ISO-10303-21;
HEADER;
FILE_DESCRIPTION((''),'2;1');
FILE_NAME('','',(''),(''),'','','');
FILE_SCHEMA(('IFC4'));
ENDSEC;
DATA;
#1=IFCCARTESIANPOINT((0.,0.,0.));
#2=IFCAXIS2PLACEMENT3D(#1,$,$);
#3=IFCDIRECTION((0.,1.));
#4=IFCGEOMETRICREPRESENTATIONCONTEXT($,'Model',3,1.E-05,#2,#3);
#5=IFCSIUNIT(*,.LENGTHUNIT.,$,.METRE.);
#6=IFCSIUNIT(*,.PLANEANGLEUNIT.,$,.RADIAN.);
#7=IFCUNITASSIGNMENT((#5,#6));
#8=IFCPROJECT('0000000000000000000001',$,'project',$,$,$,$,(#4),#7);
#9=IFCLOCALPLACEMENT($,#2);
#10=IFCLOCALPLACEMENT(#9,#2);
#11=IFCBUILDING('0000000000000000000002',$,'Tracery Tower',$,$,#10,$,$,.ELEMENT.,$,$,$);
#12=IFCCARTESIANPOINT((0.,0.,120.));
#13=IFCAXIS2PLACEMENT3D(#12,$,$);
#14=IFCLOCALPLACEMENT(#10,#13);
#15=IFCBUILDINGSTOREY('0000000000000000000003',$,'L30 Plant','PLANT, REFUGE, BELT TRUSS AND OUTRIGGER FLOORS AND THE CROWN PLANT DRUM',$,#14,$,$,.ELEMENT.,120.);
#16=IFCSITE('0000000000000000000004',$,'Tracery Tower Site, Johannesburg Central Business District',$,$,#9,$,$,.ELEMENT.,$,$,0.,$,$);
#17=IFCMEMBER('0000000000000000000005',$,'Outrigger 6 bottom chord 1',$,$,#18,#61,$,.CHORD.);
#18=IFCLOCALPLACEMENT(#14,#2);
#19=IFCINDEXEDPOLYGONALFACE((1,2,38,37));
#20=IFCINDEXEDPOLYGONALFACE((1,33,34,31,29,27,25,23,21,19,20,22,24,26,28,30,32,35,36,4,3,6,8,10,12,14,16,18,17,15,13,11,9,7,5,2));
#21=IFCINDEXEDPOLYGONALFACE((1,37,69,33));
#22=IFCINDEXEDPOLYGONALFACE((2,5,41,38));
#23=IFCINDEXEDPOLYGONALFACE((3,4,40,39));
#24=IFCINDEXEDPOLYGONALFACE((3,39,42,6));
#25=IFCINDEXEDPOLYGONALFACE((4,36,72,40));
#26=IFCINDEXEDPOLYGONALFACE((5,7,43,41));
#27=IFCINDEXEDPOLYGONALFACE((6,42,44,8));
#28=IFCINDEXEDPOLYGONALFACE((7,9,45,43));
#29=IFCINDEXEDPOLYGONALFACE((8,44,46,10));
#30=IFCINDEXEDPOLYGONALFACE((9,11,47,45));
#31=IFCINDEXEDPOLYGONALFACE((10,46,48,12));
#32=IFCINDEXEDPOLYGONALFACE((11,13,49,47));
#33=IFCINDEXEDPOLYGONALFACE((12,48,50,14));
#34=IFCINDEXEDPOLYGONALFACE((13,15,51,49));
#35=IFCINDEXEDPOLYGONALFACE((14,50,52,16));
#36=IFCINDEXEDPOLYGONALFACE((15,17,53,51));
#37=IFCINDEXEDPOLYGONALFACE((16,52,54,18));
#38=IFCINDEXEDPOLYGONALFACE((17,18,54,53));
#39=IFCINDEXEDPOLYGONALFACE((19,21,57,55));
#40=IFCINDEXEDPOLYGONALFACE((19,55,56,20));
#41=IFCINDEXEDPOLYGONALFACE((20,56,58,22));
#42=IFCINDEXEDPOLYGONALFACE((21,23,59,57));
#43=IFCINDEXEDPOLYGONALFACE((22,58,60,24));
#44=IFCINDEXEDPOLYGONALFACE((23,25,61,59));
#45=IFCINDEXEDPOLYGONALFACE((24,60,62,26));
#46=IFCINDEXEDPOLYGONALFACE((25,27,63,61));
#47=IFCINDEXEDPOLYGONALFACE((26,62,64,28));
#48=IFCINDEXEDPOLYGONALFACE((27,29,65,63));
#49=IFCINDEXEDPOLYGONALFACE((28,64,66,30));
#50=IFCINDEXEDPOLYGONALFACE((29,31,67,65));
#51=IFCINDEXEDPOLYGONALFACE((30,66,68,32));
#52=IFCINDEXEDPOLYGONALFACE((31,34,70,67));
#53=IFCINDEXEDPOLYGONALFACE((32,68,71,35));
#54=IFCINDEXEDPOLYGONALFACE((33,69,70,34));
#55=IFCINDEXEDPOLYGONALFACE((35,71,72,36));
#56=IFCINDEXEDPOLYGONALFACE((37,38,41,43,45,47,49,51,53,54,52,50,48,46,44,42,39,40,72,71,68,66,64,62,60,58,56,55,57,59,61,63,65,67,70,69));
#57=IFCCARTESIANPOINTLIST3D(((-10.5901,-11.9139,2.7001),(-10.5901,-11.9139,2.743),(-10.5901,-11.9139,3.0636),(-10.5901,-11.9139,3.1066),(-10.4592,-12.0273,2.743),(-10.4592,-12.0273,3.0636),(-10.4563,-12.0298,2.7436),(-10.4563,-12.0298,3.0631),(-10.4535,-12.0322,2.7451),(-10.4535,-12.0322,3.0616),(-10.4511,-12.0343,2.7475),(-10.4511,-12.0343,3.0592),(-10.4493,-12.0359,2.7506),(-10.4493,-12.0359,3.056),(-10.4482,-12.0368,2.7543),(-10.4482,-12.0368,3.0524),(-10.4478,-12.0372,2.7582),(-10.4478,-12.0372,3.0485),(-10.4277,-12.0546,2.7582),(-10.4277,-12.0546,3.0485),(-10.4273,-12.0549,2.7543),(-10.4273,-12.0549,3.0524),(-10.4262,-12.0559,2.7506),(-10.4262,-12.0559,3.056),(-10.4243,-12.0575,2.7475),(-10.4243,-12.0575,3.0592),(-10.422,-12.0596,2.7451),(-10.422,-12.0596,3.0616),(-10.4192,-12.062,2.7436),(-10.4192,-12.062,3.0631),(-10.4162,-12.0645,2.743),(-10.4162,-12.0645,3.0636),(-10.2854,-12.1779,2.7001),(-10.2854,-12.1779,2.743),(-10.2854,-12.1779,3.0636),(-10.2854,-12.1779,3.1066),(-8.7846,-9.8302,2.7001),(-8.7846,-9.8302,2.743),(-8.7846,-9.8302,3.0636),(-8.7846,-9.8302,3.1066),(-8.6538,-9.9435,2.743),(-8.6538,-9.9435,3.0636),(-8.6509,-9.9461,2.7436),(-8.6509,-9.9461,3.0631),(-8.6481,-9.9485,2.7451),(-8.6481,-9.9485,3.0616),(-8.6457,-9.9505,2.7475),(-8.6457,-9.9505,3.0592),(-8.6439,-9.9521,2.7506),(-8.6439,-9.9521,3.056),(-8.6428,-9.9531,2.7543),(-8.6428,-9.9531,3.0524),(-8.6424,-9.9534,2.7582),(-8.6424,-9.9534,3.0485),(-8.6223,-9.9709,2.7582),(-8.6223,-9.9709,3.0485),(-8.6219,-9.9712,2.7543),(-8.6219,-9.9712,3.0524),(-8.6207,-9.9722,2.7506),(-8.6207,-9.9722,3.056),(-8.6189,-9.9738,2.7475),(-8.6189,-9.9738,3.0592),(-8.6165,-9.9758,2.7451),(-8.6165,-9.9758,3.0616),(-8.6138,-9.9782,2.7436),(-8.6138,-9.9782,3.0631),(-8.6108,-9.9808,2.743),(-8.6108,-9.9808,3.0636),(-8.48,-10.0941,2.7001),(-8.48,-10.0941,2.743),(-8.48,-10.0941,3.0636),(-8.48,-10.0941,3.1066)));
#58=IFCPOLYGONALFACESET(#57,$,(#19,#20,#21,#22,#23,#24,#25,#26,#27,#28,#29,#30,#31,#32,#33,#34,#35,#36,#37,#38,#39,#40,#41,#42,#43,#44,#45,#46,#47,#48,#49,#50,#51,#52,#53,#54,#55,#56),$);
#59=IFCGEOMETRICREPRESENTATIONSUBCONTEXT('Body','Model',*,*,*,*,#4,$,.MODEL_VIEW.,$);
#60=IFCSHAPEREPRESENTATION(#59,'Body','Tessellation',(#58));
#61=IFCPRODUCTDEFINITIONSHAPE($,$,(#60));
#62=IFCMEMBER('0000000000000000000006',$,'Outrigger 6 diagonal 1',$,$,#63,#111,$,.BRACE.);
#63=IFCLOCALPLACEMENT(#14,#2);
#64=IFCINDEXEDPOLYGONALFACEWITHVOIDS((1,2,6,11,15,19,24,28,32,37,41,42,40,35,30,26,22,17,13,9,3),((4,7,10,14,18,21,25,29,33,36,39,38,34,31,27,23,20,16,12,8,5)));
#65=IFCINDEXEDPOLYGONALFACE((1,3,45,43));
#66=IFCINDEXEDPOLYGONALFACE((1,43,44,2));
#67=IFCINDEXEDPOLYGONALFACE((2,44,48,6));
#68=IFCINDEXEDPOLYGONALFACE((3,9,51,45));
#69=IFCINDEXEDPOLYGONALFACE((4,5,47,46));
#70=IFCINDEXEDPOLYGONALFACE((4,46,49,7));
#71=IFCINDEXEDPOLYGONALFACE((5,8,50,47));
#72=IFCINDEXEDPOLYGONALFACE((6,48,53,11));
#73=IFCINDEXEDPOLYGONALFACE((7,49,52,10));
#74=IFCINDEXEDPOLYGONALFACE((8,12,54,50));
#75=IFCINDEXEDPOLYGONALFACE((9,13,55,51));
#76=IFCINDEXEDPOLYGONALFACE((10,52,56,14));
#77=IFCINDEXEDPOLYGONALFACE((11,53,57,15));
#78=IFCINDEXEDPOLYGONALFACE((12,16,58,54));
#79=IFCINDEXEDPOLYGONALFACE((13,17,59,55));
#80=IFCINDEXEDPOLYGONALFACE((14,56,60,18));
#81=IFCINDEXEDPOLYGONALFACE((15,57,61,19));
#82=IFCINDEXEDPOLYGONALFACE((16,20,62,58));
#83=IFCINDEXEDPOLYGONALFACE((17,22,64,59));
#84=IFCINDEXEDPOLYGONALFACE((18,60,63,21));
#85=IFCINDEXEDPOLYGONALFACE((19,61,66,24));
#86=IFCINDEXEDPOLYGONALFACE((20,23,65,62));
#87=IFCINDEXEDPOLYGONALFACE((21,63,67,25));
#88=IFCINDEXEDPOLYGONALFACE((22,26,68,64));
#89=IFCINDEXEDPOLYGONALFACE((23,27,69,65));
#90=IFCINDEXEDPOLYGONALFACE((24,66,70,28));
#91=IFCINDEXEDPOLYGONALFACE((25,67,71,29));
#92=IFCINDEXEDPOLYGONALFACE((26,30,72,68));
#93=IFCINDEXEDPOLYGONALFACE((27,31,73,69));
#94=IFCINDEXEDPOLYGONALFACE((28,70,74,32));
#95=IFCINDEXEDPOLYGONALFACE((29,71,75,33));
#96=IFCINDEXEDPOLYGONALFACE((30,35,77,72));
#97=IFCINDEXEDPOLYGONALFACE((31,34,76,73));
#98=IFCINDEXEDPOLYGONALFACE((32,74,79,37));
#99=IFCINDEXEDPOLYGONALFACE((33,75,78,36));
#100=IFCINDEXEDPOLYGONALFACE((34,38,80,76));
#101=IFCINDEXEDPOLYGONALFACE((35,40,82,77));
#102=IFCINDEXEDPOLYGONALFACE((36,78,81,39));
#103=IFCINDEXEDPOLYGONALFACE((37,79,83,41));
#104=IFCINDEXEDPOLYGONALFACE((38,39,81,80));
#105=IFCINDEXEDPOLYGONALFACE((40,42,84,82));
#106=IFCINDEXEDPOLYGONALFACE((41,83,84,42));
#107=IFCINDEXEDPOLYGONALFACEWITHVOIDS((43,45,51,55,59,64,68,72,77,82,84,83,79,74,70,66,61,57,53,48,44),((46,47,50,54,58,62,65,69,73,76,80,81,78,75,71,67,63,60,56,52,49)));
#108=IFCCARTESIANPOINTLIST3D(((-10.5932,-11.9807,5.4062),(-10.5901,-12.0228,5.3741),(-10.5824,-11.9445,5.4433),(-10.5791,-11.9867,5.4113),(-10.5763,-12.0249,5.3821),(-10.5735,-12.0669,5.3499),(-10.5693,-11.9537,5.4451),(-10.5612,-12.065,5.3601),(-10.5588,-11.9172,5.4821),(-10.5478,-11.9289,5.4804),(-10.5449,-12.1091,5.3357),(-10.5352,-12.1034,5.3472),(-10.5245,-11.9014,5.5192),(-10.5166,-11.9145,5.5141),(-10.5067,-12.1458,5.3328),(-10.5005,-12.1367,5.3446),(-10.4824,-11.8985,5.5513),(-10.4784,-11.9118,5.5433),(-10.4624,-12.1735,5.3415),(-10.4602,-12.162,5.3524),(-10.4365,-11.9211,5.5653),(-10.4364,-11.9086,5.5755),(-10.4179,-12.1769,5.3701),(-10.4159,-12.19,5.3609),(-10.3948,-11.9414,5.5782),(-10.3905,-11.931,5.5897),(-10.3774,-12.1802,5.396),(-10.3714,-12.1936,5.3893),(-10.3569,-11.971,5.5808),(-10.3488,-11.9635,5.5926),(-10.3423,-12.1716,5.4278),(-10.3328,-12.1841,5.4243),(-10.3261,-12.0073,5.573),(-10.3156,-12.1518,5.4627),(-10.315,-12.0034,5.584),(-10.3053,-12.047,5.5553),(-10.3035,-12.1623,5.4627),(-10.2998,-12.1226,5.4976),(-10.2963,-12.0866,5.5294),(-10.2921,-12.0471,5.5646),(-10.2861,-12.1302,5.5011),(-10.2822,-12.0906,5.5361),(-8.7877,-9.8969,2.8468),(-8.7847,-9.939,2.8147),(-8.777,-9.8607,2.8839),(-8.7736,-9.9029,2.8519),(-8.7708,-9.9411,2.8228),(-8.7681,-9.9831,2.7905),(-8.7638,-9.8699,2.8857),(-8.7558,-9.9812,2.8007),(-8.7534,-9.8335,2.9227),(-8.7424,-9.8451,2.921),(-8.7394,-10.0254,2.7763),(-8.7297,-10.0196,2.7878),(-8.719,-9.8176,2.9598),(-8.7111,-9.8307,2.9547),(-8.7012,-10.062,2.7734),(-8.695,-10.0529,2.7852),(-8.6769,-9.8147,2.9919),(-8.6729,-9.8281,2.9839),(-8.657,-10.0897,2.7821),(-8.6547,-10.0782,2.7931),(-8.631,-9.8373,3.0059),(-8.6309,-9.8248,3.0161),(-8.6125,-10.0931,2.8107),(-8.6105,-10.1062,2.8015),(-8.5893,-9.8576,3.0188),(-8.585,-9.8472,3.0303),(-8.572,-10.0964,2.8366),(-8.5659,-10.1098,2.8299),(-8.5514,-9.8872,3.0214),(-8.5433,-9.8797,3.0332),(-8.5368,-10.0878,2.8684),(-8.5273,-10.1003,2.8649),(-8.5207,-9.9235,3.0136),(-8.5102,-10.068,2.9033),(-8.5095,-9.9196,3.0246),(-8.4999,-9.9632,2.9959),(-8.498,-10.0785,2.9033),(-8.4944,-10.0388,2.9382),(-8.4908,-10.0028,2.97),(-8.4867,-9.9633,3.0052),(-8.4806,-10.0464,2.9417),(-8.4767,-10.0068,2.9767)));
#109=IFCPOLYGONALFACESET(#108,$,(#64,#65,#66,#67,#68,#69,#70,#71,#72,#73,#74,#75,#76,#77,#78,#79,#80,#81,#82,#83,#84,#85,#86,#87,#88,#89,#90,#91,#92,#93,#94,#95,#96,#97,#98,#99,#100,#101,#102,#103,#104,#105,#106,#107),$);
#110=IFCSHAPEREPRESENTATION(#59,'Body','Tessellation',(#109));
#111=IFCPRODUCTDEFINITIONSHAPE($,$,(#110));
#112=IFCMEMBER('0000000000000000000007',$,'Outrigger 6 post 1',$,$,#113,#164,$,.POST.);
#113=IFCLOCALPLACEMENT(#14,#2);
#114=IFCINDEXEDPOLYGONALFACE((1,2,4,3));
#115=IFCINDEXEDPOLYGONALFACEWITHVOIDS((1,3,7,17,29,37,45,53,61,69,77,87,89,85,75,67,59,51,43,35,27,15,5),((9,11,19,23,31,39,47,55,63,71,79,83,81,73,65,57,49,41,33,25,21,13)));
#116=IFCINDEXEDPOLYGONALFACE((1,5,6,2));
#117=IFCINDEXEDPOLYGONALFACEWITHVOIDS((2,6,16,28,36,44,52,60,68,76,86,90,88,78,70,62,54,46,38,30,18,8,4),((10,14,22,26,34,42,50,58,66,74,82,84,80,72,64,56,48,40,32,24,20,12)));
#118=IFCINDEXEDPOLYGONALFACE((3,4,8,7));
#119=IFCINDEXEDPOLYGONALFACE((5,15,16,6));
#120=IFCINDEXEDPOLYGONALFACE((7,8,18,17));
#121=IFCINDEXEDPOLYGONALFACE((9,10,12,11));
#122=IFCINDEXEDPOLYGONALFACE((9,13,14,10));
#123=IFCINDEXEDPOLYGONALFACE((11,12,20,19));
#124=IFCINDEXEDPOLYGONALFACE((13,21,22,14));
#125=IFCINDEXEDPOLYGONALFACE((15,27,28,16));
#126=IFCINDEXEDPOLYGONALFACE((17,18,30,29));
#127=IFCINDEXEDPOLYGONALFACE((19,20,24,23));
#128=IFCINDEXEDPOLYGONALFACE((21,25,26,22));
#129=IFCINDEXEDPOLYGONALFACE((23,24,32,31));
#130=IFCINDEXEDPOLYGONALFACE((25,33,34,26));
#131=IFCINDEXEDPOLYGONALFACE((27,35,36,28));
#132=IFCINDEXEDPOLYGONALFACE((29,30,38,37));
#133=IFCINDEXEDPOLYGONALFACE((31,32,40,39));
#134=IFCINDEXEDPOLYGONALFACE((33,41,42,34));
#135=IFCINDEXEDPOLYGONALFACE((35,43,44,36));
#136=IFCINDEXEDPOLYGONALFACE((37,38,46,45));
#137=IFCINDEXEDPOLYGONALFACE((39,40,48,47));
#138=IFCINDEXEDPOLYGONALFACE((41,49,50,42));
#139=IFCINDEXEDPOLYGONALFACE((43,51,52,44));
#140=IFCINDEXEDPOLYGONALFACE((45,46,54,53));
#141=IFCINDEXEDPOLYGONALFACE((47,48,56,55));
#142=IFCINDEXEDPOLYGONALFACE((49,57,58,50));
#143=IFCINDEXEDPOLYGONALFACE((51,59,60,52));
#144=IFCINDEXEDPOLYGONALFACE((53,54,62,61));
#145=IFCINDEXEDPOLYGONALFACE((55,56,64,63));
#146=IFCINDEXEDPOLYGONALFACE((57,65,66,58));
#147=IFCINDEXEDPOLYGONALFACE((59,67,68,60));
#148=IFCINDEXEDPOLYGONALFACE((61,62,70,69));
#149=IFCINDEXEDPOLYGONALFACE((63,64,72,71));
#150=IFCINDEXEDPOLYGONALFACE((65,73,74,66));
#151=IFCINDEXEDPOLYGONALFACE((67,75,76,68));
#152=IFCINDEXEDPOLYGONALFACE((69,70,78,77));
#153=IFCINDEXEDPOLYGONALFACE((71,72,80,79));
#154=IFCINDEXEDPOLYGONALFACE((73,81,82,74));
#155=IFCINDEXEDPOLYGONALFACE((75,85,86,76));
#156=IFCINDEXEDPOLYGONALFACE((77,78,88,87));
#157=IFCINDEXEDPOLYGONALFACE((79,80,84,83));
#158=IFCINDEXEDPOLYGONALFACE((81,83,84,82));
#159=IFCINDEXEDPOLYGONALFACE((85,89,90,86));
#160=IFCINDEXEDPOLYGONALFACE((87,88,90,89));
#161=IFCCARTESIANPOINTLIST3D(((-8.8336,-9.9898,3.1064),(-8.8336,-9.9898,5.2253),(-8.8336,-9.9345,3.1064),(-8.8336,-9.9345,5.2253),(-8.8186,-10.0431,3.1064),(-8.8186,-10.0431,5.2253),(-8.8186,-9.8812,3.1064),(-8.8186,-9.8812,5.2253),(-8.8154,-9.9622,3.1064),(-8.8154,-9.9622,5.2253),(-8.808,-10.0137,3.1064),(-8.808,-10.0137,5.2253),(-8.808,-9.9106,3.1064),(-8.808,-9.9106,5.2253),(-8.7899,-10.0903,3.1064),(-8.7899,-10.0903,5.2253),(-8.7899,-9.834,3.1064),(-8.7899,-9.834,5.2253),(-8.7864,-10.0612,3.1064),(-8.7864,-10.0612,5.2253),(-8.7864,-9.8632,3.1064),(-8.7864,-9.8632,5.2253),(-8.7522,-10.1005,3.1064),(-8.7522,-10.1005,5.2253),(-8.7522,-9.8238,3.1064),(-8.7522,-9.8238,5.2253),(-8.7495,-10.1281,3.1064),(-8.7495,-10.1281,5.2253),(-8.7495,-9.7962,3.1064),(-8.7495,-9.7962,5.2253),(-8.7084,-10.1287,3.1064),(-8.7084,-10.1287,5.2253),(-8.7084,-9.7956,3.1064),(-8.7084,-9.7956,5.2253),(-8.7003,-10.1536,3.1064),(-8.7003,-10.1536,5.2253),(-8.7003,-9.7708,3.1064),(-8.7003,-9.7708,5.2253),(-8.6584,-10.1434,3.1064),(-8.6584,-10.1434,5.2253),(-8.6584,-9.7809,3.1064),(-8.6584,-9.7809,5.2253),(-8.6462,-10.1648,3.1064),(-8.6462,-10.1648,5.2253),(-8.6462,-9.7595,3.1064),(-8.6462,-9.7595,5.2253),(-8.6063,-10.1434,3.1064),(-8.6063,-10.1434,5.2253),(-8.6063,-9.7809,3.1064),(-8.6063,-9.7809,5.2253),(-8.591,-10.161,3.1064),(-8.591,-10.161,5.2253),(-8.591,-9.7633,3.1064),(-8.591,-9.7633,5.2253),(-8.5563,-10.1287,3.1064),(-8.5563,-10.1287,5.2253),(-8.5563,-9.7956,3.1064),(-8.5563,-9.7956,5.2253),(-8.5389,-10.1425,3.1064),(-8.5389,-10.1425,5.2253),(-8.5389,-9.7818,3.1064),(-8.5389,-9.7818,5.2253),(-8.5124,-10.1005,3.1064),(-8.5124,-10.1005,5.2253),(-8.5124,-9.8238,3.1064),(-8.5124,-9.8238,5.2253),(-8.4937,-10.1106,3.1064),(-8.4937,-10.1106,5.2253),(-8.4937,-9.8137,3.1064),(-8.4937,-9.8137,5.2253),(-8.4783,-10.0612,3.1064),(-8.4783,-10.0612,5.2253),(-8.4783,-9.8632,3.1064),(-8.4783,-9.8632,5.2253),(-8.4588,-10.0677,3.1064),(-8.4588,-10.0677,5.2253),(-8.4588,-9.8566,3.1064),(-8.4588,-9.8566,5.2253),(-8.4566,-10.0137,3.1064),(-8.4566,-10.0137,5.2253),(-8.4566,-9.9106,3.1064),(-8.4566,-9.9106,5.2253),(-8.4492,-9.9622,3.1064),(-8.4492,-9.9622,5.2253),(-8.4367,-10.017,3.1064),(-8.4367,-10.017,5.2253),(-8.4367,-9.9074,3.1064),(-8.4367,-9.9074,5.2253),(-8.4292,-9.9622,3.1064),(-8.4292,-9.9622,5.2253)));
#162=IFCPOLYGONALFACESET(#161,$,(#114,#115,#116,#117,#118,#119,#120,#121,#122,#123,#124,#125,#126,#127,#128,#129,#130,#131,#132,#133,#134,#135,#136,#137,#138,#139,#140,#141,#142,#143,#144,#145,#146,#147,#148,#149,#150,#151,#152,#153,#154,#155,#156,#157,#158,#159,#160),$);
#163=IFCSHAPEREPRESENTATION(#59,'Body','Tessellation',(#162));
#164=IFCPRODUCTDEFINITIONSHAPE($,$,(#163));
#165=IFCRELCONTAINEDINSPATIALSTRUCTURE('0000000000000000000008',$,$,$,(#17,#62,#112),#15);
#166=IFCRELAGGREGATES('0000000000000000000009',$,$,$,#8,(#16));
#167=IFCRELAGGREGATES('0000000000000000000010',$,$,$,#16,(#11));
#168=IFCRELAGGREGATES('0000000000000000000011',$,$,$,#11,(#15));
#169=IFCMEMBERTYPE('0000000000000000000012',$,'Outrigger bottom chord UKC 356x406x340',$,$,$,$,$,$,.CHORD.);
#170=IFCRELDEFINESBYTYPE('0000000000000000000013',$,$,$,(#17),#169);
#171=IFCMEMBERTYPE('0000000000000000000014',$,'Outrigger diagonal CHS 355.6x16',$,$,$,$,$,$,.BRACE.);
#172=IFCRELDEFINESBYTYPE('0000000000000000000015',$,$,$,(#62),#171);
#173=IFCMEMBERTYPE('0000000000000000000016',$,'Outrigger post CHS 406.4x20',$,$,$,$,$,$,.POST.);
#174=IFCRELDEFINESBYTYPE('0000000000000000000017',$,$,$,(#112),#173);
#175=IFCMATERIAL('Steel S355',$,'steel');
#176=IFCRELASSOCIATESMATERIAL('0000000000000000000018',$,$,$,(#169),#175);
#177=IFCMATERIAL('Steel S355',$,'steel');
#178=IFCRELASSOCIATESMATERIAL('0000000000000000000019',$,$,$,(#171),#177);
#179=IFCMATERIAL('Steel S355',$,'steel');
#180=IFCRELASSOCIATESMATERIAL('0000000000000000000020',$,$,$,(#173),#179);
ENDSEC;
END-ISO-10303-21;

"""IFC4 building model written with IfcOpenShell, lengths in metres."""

from ifc_helpers import new_model, si_unit, direction, frame, origin, origin_2d, place, context, subcontext, project, spatial, hollow_circle, i_section, extrude, material, material_profile, profile_set, type_object, element, save


model = new_model("IFC4")

# Units and contexts
model_context = context("Model", 3, precision=1e-05, world=origin(), true_north=direction((0.0, 1.0)))
body_context = subcontext(model_context, "Body", "Model", "MODEL_VIEW")
ifc_project = project(units=[si_unit("LENGTHUNIT", "METRE"), si_unit("PLANEANGLEUNIT", "RADIAN")], contexts=[model_context])

# Site, building, storey
site_placement = place(None, origin())
site = spatial("IfcSite", under=ifc_project, at=site_placement, Name="Tracery Tower Site, Johannesburg Central Business District", CompositionType="ELEMENT", RefElevation=0.0)
building_placement = place(site_placement, origin())
building = spatial("IfcBuilding", under=site, at=building_placement, Name="Tracery Tower", CompositionType="ELEMENT")
storey_placement = place(building_placement, frame((0.0, 0.0, 120.0)))
storey = spatial("IfcBuildingStorey", under=building, at=storey_placement, Name="L30 Plant", Description="PLANT, REFUGE, BELT TRUSS AND OUTRIGGER FLOORS AND THE CROWN PLANT DRUM", CompositionType="ELEMENT", Elevation=120.0)

# Members
ifc_material_1 = material(Name="Steel S355", Category="steel")
ifc_material_profile_1 = material_profile(ifc_material_1, i_section(OverallWidth=0.4031, OverallDepth=0.4065, WebThickness=0.0266, FlangeThickness=0.043, FilletRadius=0.0151, at=origin_2d()), Name="UKC 356x406x340")
ifc_profile_set_1 = profile_set([ifc_material_profile_1], Name="Steel S355")
member_type_1 = type_object("IfcMemberType", Name="Outrigger bottom chord UKC 356x406x340", PredefinedType="CHORD", material=ifc_profile_set_1)
member_1_placement = place(storey_placement, frame((-8.6323, -9.9622, 2.9033), z_axis=(-0.654829, -0.755777, 0.0), x_axis=(0.755777, -0.654829, 0.0)))
element("IfcMember", 1, at=member_1_placement, inside=storey, type_object=member_type_1, Name="Outrigger 6 bottom chord 1", PredefinedType="CHORD", context=body_context, shape_type="SweptSolid", body=[
    extrude(i_section(OverallWidth=0.4031, OverallDepth=0.4065, WebThickness=0.0266, FlangeThickness=0.043, FilletRadius=0.0151, at=origin_2d()), origin(), (0.0, 0.0, 1.0), 2.7571),
])
ifc_material_2 = material(Name="Steel S355", Category="steel")
ifc_material_profile_2 = material_profile(ifc_material_2, hollow_circle(Radius=0.1777, WallThickness=0.0161, at=origin_2d()), Name="CHS 355.6x16")
ifc_profile_set_2 = profile_set([ifc_material_profile_2], Name="Steel S355")
member_type_2 = type_object("IfcMemberType", Name="Outrigger diagonal CHS 355.6x16", PredefinedType="BRACE", material=ifc_profile_set_2)
member_2_placement = place(storey_placement, frame((-8.6323, -9.9622, 2.9033), z_axis=(-0.479926, -0.553911, 0.680334), x_axis=(0.755777, -0.654829, 0.0)))
element("IfcMember", 2, at=member_2_placement, inside=storey, type_object=member_type_2, Name="Outrigger 6 diagonal 1", PredefinedType="BRACE", context=body_context, shape_type="SweptSolid", body=[
    extrude(hollow_circle(Radius=0.1777, WallThickness=0.0161, at=origin_2d()), origin(), (0.0, 0.0, 1.0), 3.762),
])
ifc_material_3 = material(Name="Steel S355", Category="steel")
ifc_material_profile_3 = material_profile(ifc_material_3, hollow_circle(Radius=0.2031, WallThickness=0.02, at=origin_2d()), Name="CHS 406.4x20")
ifc_profile_set_3 = profile_set([ifc_material_profile_3], Name="Steel S355")
member_type_3 = type_object("IfcMemberType", Name="Outrigger post CHS 406.4x20", PredefinedType="POST", material=ifc_profile_set_3)
member_3_placement = place(storey_placement, frame((-8.6323, -9.9622, 3.1064), z_axis=(0.0, 0.0, 1.0), x_axis=(1.0, 0.0, 0.0)))
element("IfcMember", 3, at=member_3_placement, inside=storey, type_object=member_type_3, Name="Outrigger 6 post 1", PredefinedType="POST", context=body_context, shape_type="SweptSolid", body=[
    extrude(hollow_circle(Radius=0.2031, WallThickness=0.02, at=origin_2d()), origin(), (0.0, 0.0, 1.0), 2.1189),
])

save(model, "model.ifc")
